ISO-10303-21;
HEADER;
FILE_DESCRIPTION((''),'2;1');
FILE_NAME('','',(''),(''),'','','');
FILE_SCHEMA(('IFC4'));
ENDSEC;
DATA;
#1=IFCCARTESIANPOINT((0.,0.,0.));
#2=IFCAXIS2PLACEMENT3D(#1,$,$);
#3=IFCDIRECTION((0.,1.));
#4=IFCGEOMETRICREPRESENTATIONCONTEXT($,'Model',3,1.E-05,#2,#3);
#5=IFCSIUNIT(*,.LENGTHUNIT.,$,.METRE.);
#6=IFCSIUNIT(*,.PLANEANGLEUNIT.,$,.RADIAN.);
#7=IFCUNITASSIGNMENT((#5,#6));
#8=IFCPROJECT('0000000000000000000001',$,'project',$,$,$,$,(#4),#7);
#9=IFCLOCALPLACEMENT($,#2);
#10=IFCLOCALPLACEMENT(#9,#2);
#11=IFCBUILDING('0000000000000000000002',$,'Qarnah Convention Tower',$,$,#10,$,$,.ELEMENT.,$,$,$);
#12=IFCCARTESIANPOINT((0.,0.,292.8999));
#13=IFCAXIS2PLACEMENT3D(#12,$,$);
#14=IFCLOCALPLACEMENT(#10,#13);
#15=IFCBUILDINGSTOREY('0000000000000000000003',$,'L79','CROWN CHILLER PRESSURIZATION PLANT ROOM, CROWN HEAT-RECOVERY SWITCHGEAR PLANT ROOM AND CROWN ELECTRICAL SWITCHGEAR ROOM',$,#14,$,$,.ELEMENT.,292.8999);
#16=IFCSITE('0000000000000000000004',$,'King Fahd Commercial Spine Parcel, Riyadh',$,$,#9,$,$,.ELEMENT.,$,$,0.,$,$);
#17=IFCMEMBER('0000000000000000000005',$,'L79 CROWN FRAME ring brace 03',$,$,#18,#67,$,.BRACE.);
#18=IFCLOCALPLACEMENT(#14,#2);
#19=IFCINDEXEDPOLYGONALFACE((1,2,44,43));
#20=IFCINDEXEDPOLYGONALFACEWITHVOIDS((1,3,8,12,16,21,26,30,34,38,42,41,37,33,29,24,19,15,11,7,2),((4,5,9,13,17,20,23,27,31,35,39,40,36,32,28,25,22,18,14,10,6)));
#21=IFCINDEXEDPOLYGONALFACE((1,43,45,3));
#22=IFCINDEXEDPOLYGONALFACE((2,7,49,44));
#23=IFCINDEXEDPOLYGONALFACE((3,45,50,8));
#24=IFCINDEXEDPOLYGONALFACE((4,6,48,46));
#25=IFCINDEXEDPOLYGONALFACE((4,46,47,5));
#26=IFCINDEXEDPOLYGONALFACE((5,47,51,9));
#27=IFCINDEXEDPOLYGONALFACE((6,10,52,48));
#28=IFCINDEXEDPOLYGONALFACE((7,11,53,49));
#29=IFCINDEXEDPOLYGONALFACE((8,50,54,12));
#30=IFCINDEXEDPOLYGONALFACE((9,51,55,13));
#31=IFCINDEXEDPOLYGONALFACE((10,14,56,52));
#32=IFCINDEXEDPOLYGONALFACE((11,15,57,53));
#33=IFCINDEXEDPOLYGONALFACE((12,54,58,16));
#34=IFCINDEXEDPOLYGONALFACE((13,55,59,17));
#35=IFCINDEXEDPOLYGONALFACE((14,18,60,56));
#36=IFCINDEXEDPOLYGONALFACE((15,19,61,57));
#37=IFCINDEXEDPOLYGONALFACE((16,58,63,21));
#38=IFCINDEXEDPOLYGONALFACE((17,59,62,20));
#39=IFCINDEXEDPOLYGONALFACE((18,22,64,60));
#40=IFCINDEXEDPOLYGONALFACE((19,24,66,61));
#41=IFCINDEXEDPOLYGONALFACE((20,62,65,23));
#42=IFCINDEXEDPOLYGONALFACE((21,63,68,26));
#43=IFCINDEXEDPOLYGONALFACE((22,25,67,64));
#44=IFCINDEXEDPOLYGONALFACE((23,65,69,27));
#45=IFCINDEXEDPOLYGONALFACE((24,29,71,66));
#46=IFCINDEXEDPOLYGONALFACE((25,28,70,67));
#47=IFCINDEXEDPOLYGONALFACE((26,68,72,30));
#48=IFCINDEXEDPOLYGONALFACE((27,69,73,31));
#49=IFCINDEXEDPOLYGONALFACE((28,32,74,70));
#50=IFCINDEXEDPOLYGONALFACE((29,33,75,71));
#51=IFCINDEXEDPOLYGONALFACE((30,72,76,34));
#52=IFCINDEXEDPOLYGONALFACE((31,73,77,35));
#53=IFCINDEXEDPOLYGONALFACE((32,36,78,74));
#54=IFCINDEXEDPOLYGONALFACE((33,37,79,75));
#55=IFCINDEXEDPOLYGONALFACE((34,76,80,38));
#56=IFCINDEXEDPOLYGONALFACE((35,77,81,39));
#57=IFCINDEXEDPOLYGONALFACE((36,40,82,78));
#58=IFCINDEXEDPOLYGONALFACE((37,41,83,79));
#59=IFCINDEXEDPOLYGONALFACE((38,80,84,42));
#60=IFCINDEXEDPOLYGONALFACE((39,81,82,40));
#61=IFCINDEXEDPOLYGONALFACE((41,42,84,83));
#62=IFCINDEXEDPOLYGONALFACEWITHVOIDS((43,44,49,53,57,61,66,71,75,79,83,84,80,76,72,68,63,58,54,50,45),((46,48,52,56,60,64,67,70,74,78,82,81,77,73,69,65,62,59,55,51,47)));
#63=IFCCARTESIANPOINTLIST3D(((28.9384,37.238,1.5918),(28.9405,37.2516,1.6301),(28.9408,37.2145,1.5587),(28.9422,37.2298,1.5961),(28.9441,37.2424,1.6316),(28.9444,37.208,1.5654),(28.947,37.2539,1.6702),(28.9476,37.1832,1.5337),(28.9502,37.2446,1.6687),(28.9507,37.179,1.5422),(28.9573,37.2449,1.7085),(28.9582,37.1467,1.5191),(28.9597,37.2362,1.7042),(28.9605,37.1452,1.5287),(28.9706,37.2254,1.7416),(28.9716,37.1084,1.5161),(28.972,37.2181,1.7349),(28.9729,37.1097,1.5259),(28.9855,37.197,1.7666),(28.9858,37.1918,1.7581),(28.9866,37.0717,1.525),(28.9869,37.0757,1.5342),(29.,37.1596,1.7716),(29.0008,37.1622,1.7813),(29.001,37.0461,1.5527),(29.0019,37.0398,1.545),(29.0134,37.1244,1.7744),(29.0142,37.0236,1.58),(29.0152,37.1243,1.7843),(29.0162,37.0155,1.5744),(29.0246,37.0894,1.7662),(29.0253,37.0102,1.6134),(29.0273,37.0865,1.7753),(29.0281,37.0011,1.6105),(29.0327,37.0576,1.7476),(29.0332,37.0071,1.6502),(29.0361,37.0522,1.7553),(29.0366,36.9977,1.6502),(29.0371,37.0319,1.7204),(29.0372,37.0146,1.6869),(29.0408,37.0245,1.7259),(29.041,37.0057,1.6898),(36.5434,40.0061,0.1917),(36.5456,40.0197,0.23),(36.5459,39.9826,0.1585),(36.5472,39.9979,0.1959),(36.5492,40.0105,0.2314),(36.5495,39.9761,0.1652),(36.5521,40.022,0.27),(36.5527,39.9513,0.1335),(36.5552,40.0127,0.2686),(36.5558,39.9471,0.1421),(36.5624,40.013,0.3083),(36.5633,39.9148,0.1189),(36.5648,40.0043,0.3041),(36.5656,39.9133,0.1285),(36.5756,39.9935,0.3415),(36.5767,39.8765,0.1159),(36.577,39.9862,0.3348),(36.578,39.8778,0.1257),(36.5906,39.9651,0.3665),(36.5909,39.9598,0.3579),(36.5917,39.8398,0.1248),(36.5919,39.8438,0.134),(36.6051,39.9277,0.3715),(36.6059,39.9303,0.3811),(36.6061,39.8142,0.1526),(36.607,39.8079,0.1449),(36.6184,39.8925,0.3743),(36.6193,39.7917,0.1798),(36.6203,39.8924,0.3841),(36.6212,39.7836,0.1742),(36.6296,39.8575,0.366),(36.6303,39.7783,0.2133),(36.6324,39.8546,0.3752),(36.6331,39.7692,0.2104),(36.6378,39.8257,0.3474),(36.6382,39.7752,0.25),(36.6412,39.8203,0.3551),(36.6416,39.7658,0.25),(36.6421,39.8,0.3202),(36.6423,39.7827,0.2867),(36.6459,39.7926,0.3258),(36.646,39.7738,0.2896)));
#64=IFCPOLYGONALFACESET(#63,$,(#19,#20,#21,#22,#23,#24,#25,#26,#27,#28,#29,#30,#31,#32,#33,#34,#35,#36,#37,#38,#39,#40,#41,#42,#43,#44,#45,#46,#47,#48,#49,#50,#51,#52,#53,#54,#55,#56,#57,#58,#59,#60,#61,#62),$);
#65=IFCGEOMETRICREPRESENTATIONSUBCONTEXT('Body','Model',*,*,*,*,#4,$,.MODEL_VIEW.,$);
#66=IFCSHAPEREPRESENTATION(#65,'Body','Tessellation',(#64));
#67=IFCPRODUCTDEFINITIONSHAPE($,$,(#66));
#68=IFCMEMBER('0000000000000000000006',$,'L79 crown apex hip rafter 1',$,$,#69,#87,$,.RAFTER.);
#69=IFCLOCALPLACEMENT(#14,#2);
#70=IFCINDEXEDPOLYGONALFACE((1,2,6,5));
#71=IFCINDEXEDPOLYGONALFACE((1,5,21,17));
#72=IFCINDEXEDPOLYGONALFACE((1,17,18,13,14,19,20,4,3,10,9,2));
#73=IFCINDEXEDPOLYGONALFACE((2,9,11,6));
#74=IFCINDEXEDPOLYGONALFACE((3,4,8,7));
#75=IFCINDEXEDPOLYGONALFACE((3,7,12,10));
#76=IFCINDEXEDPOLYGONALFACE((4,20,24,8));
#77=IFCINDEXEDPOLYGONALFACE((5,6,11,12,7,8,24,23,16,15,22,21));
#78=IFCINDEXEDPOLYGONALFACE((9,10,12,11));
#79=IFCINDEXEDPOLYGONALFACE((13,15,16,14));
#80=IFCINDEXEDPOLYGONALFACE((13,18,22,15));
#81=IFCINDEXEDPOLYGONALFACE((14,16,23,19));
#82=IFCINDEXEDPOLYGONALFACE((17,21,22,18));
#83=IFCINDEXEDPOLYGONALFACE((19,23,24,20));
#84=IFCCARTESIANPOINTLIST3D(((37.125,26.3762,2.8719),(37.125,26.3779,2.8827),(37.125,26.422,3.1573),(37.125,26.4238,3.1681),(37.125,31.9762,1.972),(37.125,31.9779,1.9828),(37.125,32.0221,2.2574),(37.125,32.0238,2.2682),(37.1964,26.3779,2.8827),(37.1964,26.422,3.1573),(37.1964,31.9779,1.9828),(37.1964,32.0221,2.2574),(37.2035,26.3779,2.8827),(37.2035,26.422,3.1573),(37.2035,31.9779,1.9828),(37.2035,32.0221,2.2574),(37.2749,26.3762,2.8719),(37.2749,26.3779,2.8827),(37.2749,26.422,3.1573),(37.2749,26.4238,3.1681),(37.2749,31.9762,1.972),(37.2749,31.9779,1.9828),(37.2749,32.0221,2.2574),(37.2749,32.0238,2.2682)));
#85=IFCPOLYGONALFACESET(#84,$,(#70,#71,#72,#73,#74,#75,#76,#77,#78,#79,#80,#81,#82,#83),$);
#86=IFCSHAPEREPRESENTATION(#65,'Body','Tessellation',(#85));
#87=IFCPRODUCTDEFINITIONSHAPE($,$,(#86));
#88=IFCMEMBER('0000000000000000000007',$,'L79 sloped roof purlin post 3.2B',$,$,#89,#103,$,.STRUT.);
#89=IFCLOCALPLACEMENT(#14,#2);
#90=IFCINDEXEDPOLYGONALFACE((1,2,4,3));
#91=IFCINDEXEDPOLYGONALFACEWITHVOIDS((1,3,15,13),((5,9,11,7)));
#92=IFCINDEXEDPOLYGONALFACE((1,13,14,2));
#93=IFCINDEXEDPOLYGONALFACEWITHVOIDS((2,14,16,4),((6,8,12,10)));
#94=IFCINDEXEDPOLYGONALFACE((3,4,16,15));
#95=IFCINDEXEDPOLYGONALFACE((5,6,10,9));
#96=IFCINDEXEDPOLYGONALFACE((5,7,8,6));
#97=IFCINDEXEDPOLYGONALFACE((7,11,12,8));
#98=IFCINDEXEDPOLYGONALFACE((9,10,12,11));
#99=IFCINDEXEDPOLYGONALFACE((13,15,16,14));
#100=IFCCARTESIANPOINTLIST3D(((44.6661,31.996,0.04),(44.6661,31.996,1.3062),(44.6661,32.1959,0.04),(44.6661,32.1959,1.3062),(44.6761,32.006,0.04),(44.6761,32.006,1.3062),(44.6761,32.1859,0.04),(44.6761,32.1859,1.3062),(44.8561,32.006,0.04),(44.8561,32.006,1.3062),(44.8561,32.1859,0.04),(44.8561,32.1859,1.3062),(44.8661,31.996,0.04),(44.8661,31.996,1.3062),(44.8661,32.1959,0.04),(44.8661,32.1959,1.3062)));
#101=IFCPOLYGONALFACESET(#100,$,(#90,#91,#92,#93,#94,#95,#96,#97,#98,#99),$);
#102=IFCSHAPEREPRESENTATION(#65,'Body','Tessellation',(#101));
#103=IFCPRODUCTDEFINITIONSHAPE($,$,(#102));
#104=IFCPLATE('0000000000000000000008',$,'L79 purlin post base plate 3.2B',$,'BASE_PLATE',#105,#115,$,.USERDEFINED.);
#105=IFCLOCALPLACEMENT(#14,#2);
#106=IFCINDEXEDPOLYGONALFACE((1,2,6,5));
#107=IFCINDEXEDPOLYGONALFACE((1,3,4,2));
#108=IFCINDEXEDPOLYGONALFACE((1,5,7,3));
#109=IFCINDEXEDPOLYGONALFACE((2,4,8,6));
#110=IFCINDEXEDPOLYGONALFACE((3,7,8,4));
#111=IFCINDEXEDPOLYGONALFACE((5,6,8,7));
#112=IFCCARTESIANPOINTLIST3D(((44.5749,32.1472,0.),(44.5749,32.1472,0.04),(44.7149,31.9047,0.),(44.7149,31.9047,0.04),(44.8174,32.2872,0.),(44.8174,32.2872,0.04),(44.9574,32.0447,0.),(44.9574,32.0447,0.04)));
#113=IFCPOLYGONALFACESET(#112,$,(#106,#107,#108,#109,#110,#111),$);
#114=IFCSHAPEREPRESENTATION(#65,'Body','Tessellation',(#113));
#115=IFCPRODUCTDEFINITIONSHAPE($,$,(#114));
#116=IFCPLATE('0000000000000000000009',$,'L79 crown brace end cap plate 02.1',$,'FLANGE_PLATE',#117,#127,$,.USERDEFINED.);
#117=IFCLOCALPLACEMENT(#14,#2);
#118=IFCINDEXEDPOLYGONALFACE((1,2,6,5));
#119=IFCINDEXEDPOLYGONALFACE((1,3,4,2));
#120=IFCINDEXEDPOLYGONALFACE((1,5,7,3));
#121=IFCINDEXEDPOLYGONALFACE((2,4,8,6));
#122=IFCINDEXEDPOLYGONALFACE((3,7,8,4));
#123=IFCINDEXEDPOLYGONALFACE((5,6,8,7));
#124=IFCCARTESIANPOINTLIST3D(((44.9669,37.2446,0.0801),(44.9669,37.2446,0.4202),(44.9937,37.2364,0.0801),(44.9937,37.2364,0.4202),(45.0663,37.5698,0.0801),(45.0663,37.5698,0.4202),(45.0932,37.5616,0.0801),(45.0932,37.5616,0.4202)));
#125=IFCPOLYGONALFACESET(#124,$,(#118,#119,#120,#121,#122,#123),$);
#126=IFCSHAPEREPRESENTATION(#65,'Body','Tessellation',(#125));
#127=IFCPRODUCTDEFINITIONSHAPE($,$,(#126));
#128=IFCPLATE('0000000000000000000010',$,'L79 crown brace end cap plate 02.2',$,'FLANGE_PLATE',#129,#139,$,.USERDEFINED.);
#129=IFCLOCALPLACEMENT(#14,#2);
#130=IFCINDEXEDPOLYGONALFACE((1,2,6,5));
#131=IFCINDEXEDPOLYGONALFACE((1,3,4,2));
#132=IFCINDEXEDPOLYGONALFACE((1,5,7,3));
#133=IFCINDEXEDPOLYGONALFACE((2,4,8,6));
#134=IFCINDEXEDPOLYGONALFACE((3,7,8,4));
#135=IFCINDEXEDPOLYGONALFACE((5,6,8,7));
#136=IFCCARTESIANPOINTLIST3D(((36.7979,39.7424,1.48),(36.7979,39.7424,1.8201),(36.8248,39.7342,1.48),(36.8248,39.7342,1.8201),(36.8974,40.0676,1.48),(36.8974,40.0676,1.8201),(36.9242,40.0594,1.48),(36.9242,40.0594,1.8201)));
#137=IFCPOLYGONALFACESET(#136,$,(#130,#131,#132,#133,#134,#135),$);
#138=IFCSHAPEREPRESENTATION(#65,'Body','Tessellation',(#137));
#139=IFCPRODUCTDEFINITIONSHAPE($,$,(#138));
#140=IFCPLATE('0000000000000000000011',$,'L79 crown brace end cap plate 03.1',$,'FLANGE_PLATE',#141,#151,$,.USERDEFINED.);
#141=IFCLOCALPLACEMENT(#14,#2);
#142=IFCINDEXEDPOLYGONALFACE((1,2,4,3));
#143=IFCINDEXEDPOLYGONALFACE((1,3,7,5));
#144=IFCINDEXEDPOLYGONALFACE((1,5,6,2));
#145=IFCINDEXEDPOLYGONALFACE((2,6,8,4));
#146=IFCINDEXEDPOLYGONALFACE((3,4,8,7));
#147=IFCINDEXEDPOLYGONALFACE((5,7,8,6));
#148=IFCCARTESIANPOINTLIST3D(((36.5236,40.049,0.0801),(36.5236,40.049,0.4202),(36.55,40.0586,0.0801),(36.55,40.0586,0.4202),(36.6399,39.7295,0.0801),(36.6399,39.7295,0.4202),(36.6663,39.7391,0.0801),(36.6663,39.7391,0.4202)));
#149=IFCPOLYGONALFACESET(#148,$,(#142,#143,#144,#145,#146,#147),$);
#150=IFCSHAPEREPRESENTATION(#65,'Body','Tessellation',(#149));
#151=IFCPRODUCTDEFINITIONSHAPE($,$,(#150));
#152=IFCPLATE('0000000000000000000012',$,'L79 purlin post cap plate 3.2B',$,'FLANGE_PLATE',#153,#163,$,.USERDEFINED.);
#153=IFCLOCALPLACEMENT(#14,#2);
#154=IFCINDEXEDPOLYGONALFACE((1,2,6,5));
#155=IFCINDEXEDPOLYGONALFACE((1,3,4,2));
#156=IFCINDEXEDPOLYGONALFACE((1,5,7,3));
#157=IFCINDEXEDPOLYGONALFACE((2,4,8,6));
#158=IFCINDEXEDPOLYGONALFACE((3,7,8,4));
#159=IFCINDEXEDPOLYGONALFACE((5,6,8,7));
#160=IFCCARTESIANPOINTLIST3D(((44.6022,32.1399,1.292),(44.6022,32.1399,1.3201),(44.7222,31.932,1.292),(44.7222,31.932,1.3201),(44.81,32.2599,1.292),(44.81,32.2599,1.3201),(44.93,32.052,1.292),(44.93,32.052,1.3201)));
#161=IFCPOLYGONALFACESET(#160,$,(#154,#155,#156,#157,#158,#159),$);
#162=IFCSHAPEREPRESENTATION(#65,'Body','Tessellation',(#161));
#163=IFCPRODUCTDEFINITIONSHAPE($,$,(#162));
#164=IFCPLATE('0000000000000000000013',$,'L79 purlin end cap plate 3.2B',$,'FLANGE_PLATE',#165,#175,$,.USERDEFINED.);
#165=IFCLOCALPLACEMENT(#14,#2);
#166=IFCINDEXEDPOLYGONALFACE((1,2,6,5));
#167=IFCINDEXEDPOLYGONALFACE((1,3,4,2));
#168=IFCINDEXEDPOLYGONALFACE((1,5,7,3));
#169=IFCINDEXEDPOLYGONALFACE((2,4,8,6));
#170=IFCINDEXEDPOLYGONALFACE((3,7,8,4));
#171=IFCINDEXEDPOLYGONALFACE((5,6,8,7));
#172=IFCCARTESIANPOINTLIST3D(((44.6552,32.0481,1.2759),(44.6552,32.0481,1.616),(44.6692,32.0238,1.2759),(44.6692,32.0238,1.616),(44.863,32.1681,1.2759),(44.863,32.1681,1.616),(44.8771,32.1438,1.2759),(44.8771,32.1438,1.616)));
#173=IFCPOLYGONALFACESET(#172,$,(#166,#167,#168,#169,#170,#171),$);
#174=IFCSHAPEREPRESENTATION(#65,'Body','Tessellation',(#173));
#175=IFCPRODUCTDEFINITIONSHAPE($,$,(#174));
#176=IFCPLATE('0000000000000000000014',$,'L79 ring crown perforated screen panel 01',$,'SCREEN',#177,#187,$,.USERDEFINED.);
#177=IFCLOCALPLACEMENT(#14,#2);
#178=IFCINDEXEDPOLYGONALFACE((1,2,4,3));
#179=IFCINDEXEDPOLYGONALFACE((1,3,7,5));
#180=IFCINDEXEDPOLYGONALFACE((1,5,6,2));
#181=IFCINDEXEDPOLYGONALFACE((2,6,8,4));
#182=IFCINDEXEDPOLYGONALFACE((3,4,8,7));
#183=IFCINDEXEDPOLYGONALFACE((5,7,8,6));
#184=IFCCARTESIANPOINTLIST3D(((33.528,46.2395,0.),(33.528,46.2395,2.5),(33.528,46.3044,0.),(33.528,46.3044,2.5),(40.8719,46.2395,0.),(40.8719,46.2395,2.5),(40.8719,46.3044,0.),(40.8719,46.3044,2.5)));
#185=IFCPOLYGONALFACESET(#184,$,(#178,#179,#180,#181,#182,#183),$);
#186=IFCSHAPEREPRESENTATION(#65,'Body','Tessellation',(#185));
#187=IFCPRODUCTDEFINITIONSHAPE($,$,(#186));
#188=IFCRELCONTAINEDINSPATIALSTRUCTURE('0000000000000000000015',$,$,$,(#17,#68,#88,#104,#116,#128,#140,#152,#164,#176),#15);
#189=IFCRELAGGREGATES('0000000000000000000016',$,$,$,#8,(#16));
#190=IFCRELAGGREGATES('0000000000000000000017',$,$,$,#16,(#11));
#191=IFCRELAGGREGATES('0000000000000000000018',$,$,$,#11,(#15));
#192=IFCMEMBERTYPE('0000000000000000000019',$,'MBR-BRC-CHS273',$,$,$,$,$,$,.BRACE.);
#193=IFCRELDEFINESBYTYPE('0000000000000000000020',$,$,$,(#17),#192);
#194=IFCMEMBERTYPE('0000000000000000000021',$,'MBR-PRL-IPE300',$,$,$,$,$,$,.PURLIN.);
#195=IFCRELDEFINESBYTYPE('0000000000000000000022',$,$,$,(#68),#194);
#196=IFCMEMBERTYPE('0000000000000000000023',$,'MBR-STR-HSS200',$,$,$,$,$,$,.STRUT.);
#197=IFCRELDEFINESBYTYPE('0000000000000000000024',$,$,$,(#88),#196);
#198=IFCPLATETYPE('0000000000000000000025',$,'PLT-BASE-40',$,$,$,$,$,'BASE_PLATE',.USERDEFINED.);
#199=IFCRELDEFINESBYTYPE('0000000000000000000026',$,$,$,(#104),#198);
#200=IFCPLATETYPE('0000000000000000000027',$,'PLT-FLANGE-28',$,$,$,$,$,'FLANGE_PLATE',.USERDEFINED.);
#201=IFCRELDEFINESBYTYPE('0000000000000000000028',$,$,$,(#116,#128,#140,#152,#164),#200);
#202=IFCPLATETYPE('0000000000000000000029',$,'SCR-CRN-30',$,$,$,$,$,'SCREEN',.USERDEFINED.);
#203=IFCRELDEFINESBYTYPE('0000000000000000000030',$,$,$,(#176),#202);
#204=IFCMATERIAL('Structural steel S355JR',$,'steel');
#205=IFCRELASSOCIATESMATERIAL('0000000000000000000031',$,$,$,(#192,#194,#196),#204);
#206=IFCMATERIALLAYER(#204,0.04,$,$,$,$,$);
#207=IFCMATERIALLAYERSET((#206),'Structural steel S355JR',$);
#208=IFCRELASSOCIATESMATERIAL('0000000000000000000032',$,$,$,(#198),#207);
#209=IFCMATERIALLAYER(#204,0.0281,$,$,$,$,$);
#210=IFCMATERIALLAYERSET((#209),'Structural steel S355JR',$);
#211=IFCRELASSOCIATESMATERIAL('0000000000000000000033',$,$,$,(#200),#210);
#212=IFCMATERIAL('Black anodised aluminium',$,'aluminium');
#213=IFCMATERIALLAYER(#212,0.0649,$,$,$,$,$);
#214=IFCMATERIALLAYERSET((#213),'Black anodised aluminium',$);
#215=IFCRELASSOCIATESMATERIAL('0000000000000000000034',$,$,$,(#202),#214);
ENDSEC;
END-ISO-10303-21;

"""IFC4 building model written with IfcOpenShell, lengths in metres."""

from ifc_helpers import new_model, si_unit, direction, frame, origin, origin_2d, place, context, subcontext, project, spatial, rectangle, hollow_rectangle, hollow_circle, i_section, extrude, material, layer, layer_set, material_profile, profile_set, type_object, element, save


model = new_model("IFC4")

# Units and contexts
model_context = context("Model", 3, precision=1e-05, world=origin(), true_north=direction((0.0, 1.0)))
body_context = subcontext(model_context, "Body", "Model", "MODEL_VIEW")
ifc_project = project(units=[si_unit("LENGTHUNIT", "METRE"), si_unit("PLANEANGLEUNIT", "RADIAN")], contexts=[model_context])

# Site, building, storey
site_placement = place(None, origin())
site = spatial("IfcSite", under=ifc_project, at=site_placement, Name="King Fahd Commercial Spine Parcel, Riyadh", CompositionType="ELEMENT", RefElevation=0.0)
building_placement = place(site_placement, origin())
building = spatial("IfcBuilding", under=site, at=building_placement, Name="Qarnah Convention Tower", CompositionType="ELEMENT")
storey_placement = place(building_placement, frame((0.0, 0.0, 292.8999)))
storey = spatial("IfcBuildingStorey", under=building, at=storey_placement, Name="L79", Description="CROWN CHILLER PRESSURIZATION PLANT ROOM, CROWN HEAT-RECOVERY SWITCHGEAR PLANT ROOM AND CROWN ELECTRICAL SWITCHGEAR ROOM", CompositionType="ELEMENT", Elevation=292.8999)

# Shared definitions
ifc_material_1 = material(Name="Structural steel S355JR", Category="steel")

# Members
ifc_material_profile_1 = material_profile(ifc_material_1, hollow_circle(Radius=0.1365, WallThickness=0.01, at=origin_2d()), Name="CHS273X10")
ifc_profile_set_1 = profile_set([ifc_material_profile_1], Name="Structural steel S355JR")
member_type_1 = type_object("IfcMemberType", Name="MBR-BRC-CHS273", PredefinedType="BRACE", material=ifc_profile_set_1)
member_1_placement = place(storey_placement, frame((36.595, 39.894, 0.25), z_axis=(-0.925935, -0.337022, 0.170473), x_axis=(0.342029, -0.939689, 0.0)))
element("IfcMember", 1, at=member_1_placement, inside=storey, type_object=member_type_1, Name="L79 CROWN FRAME ring brace 03", PredefinedType="BRACE", context=body_context, shape_type="SweptSolid", body=[
    extrude(hollow_circle(Radius=0.1365, WallThickness=0.01, at=origin_2d()), origin(), (0.0, 0.0, 1.0), 8.2134),
])
ifc_material_profile_2 = material_profile(ifc_material_1, i_section(OverallWidth=0.1499, OverallDepth=0.3, WebThickness=0.0071, FlangeThickness=0.011, at=origin_2d()), Name="IPE300")
ifc_profile_set_2 = profile_set([ifc_material_profile_2], Name="Structural steel S355JR")
member_type_2 = type_object("IfcMemberType", Name="MBR-PRL-IPE300", PredefinedType="PURLIN", material=ifc_profile_set_2)
member_2_placement = place(storey_placement, frame((37.2, 32.0, 2.1201), z_axis=(0.0, -0.987334, 0.158659), x_axis=(1.0, 0.0, 0.0)))
element("IfcMember", 2, at=member_2_placement, inside=storey, type_object=member_type_2, Name="L79 crown apex hip rafter 1", PredefinedType="RAFTER", context=body_context, shape_type="SweptSolid", body=[
    extrude(i_section(OverallWidth=0.1499, OverallDepth=0.3, WebThickness=0.0071, FlangeThickness=0.011, at=origin_2d()), origin(), (0.0, 0.0, 1.0), 5.6719),
])
ifc_material_profile_3 = material_profile(ifc_material_1, hollow_rectangle(XDim=0.2, YDim=0.2, WallThickness=0.01, at=origin_2d()), Name="HSS200X200X10")
ifc_profile_set_3 = profile_set([ifc_material_profile_3], Name="Structural steel S355JR")
member_type_3 = type_object("IfcMemberType", Name="MBR-STR-HSS200", PredefinedType="STRUT", material=ifc_profile_set_3)
member_3_placement = place(storey_placement, frame((44.7661, 32.0959, 0.04), z_axis=(0.0, 0.0, 1.0), x_axis=(1.0, 0.0, 0.0)))
element("IfcMember", 3, at=member_3_placement, inside=storey, type_object=member_type_3, Name="L79 sloped roof purlin post 3.2B", PredefinedType="STRUT", context=body_context, shape_type="SweptSolid", body=[
    extrude(hollow_rectangle(XDim=0.2, YDim=0.2, WallThickness=0.01, at=origin_2d()), origin(), (0.0, 0.0, 1.0), 1.2661),
])

# Plates
ifc_layer_1 = layer(ifc_material_1, 0.04)
ifc_layer_set_1 = layer_set([ifc_layer_1], Name="Structural steel S355JR")
plate_type_1 = type_object("IfcPlateType", Name="PLT-BASE-40", ElementType="BASE_PLATE", PredefinedType="USERDEFINED", material=ifc_layer_set_1)
plate_1_placement = place(storey_placement, frame((44.7661, 32.0959, 0.0), z_axis=(0.0, 0.0, 1.0), x_axis=(-0.499973, 0.866041, 0.0)))
element("IfcPlate", 4, at=plate_1_placement, inside=storey, type_object=plate_type_1, Name="L79 purlin post base plate 3.2B", ObjectType="BASE_PLATE", PredefinedType="USERDEFINED", context=body_context, shape_type="SweptSolid", body=[
    extrude(rectangle(XDim=0.28, YDim=0.28, at=origin_2d()), origin(), (0.0, 0.0, 1.0), 0.04),
])
ifc_layer_2 = layer(ifc_material_1, 0.0281)
ifc_layer_set_2 = layer_set([ifc_layer_2], Name="Structural steel S355JR")
plate_type_2 = type_object("IfcPlateType", Name="PLT-FLANGE-28", ElementType="FLANGE_PLATE", PredefinedType="USERDEFINED", material=ifc_layer_set_2)
for number, where, z_axis, x_axis, name in (
    (5, (45.03, 37.4031, 0.0801), (0.0, 0.0, 1.0), (-0.956289, 0.292423, 0.0), "L79 crown brace end cap plate 02.1"),
    (6, (36.8611, 39.9009, 1.48), (0.0, 0.0, 1.0), (-0.956289, 0.292423, 0.0), "L79 crown brace end cap plate 02.2"),
    (7, (36.595, 39.894, 0.0801), (0.0, 0.0, 1.0), (-0.939693, -0.34202, 0.0), "L79 crown brace end cap plate 03.1"),
):
    element("IfcPlate", number, at=place(storey_placement, frame(where, z_axis=z_axis, x_axis=x_axis)), inside=storey, type_object=plate_type_2, Name=name, ObjectType="FLANGE_PLATE", PredefinedType="USERDEFINED", context=body_context, shape_type="SweptSolid", body=[
        extrude(rectangle(XDim=0.0281, YDim=0.3401, at=origin_2d()), origin(), (0.0, 0.0, 1.0), 0.3401),
    ])
plate_2_placement = place(storey_placement, frame((44.7661, 32.0959, 1.292), z_axis=(0.0, 0.0, 1.0), x_axis=(-0.499973, 0.866041, 0.0)))
element("IfcPlate", 8, at=plate_2_placement, inside=storey, type_object=plate_type_2, Name="L79 purlin post cap plate 3.2B", ObjectType="FLANGE_PLATE", PredefinedType="USERDEFINED", context=body_context, shape_type="SweptSolid", body=[
    extrude(rectangle(XDim=0.24, YDim=0.24, at=origin_2d()), origin(), (0.0, 0.0, 1.0), 0.0281),
])
plate_3_placement = place(storey_placement, frame((44.7661, 32.0959, 1.2759), z_axis=(0.0, 0.0, 1.0), x_axis=(-0.499973, 0.866041, 0.0)))
element("IfcPlate", 9, at=plate_3_placement, inside=storey, type_object=plate_type_2, Name="L79 purlin end cap plate 3.2B", ObjectType="FLANGE_PLATE", PredefinedType="USERDEFINED", context=body_context, shape_type="SweptSolid", body=[
    extrude(rectangle(XDim=0.0281, YDim=0.24, at=origin_2d()), origin(), (0.0, 0.0, 1.0), 0.3401),
])
ifc_material_2 = material(Name="Black anodised aluminium", Category="aluminium")
ifc_layer_3 = layer(ifc_material_2, 0.0649)
ifc_layer_set_3 = layer_set([ifc_layer_3], Name="Black anodised aluminium")
plate_type_3 = type_object("IfcPlateType", Name="SCR-CRN-30", ElementType="SCREEN", PredefinedType="USERDEFINED", material=ifc_layer_set_3)
plate_4_placement = place(storey_placement, frame((37.2, 46.272, 0.0), z_axis=(0.0, 0.0, 1.0), x_axis=(1.0, 0.0, 0.0)))
element("IfcPlate", 10, at=plate_4_placement, inside=storey, type_object=plate_type_3, Name="L79 ring crown perforated screen panel 01", ObjectType="SCREEN", PredefinedType="USERDEFINED", context=body_context, shape_type="SweptSolid", body=[
    extrude(rectangle(XDim=7.344, YDim=0.0649, at=origin_2d()), origin(), (0.0, 0.0, 1.0), 2.5),
])

save(model, "model.ifc")
